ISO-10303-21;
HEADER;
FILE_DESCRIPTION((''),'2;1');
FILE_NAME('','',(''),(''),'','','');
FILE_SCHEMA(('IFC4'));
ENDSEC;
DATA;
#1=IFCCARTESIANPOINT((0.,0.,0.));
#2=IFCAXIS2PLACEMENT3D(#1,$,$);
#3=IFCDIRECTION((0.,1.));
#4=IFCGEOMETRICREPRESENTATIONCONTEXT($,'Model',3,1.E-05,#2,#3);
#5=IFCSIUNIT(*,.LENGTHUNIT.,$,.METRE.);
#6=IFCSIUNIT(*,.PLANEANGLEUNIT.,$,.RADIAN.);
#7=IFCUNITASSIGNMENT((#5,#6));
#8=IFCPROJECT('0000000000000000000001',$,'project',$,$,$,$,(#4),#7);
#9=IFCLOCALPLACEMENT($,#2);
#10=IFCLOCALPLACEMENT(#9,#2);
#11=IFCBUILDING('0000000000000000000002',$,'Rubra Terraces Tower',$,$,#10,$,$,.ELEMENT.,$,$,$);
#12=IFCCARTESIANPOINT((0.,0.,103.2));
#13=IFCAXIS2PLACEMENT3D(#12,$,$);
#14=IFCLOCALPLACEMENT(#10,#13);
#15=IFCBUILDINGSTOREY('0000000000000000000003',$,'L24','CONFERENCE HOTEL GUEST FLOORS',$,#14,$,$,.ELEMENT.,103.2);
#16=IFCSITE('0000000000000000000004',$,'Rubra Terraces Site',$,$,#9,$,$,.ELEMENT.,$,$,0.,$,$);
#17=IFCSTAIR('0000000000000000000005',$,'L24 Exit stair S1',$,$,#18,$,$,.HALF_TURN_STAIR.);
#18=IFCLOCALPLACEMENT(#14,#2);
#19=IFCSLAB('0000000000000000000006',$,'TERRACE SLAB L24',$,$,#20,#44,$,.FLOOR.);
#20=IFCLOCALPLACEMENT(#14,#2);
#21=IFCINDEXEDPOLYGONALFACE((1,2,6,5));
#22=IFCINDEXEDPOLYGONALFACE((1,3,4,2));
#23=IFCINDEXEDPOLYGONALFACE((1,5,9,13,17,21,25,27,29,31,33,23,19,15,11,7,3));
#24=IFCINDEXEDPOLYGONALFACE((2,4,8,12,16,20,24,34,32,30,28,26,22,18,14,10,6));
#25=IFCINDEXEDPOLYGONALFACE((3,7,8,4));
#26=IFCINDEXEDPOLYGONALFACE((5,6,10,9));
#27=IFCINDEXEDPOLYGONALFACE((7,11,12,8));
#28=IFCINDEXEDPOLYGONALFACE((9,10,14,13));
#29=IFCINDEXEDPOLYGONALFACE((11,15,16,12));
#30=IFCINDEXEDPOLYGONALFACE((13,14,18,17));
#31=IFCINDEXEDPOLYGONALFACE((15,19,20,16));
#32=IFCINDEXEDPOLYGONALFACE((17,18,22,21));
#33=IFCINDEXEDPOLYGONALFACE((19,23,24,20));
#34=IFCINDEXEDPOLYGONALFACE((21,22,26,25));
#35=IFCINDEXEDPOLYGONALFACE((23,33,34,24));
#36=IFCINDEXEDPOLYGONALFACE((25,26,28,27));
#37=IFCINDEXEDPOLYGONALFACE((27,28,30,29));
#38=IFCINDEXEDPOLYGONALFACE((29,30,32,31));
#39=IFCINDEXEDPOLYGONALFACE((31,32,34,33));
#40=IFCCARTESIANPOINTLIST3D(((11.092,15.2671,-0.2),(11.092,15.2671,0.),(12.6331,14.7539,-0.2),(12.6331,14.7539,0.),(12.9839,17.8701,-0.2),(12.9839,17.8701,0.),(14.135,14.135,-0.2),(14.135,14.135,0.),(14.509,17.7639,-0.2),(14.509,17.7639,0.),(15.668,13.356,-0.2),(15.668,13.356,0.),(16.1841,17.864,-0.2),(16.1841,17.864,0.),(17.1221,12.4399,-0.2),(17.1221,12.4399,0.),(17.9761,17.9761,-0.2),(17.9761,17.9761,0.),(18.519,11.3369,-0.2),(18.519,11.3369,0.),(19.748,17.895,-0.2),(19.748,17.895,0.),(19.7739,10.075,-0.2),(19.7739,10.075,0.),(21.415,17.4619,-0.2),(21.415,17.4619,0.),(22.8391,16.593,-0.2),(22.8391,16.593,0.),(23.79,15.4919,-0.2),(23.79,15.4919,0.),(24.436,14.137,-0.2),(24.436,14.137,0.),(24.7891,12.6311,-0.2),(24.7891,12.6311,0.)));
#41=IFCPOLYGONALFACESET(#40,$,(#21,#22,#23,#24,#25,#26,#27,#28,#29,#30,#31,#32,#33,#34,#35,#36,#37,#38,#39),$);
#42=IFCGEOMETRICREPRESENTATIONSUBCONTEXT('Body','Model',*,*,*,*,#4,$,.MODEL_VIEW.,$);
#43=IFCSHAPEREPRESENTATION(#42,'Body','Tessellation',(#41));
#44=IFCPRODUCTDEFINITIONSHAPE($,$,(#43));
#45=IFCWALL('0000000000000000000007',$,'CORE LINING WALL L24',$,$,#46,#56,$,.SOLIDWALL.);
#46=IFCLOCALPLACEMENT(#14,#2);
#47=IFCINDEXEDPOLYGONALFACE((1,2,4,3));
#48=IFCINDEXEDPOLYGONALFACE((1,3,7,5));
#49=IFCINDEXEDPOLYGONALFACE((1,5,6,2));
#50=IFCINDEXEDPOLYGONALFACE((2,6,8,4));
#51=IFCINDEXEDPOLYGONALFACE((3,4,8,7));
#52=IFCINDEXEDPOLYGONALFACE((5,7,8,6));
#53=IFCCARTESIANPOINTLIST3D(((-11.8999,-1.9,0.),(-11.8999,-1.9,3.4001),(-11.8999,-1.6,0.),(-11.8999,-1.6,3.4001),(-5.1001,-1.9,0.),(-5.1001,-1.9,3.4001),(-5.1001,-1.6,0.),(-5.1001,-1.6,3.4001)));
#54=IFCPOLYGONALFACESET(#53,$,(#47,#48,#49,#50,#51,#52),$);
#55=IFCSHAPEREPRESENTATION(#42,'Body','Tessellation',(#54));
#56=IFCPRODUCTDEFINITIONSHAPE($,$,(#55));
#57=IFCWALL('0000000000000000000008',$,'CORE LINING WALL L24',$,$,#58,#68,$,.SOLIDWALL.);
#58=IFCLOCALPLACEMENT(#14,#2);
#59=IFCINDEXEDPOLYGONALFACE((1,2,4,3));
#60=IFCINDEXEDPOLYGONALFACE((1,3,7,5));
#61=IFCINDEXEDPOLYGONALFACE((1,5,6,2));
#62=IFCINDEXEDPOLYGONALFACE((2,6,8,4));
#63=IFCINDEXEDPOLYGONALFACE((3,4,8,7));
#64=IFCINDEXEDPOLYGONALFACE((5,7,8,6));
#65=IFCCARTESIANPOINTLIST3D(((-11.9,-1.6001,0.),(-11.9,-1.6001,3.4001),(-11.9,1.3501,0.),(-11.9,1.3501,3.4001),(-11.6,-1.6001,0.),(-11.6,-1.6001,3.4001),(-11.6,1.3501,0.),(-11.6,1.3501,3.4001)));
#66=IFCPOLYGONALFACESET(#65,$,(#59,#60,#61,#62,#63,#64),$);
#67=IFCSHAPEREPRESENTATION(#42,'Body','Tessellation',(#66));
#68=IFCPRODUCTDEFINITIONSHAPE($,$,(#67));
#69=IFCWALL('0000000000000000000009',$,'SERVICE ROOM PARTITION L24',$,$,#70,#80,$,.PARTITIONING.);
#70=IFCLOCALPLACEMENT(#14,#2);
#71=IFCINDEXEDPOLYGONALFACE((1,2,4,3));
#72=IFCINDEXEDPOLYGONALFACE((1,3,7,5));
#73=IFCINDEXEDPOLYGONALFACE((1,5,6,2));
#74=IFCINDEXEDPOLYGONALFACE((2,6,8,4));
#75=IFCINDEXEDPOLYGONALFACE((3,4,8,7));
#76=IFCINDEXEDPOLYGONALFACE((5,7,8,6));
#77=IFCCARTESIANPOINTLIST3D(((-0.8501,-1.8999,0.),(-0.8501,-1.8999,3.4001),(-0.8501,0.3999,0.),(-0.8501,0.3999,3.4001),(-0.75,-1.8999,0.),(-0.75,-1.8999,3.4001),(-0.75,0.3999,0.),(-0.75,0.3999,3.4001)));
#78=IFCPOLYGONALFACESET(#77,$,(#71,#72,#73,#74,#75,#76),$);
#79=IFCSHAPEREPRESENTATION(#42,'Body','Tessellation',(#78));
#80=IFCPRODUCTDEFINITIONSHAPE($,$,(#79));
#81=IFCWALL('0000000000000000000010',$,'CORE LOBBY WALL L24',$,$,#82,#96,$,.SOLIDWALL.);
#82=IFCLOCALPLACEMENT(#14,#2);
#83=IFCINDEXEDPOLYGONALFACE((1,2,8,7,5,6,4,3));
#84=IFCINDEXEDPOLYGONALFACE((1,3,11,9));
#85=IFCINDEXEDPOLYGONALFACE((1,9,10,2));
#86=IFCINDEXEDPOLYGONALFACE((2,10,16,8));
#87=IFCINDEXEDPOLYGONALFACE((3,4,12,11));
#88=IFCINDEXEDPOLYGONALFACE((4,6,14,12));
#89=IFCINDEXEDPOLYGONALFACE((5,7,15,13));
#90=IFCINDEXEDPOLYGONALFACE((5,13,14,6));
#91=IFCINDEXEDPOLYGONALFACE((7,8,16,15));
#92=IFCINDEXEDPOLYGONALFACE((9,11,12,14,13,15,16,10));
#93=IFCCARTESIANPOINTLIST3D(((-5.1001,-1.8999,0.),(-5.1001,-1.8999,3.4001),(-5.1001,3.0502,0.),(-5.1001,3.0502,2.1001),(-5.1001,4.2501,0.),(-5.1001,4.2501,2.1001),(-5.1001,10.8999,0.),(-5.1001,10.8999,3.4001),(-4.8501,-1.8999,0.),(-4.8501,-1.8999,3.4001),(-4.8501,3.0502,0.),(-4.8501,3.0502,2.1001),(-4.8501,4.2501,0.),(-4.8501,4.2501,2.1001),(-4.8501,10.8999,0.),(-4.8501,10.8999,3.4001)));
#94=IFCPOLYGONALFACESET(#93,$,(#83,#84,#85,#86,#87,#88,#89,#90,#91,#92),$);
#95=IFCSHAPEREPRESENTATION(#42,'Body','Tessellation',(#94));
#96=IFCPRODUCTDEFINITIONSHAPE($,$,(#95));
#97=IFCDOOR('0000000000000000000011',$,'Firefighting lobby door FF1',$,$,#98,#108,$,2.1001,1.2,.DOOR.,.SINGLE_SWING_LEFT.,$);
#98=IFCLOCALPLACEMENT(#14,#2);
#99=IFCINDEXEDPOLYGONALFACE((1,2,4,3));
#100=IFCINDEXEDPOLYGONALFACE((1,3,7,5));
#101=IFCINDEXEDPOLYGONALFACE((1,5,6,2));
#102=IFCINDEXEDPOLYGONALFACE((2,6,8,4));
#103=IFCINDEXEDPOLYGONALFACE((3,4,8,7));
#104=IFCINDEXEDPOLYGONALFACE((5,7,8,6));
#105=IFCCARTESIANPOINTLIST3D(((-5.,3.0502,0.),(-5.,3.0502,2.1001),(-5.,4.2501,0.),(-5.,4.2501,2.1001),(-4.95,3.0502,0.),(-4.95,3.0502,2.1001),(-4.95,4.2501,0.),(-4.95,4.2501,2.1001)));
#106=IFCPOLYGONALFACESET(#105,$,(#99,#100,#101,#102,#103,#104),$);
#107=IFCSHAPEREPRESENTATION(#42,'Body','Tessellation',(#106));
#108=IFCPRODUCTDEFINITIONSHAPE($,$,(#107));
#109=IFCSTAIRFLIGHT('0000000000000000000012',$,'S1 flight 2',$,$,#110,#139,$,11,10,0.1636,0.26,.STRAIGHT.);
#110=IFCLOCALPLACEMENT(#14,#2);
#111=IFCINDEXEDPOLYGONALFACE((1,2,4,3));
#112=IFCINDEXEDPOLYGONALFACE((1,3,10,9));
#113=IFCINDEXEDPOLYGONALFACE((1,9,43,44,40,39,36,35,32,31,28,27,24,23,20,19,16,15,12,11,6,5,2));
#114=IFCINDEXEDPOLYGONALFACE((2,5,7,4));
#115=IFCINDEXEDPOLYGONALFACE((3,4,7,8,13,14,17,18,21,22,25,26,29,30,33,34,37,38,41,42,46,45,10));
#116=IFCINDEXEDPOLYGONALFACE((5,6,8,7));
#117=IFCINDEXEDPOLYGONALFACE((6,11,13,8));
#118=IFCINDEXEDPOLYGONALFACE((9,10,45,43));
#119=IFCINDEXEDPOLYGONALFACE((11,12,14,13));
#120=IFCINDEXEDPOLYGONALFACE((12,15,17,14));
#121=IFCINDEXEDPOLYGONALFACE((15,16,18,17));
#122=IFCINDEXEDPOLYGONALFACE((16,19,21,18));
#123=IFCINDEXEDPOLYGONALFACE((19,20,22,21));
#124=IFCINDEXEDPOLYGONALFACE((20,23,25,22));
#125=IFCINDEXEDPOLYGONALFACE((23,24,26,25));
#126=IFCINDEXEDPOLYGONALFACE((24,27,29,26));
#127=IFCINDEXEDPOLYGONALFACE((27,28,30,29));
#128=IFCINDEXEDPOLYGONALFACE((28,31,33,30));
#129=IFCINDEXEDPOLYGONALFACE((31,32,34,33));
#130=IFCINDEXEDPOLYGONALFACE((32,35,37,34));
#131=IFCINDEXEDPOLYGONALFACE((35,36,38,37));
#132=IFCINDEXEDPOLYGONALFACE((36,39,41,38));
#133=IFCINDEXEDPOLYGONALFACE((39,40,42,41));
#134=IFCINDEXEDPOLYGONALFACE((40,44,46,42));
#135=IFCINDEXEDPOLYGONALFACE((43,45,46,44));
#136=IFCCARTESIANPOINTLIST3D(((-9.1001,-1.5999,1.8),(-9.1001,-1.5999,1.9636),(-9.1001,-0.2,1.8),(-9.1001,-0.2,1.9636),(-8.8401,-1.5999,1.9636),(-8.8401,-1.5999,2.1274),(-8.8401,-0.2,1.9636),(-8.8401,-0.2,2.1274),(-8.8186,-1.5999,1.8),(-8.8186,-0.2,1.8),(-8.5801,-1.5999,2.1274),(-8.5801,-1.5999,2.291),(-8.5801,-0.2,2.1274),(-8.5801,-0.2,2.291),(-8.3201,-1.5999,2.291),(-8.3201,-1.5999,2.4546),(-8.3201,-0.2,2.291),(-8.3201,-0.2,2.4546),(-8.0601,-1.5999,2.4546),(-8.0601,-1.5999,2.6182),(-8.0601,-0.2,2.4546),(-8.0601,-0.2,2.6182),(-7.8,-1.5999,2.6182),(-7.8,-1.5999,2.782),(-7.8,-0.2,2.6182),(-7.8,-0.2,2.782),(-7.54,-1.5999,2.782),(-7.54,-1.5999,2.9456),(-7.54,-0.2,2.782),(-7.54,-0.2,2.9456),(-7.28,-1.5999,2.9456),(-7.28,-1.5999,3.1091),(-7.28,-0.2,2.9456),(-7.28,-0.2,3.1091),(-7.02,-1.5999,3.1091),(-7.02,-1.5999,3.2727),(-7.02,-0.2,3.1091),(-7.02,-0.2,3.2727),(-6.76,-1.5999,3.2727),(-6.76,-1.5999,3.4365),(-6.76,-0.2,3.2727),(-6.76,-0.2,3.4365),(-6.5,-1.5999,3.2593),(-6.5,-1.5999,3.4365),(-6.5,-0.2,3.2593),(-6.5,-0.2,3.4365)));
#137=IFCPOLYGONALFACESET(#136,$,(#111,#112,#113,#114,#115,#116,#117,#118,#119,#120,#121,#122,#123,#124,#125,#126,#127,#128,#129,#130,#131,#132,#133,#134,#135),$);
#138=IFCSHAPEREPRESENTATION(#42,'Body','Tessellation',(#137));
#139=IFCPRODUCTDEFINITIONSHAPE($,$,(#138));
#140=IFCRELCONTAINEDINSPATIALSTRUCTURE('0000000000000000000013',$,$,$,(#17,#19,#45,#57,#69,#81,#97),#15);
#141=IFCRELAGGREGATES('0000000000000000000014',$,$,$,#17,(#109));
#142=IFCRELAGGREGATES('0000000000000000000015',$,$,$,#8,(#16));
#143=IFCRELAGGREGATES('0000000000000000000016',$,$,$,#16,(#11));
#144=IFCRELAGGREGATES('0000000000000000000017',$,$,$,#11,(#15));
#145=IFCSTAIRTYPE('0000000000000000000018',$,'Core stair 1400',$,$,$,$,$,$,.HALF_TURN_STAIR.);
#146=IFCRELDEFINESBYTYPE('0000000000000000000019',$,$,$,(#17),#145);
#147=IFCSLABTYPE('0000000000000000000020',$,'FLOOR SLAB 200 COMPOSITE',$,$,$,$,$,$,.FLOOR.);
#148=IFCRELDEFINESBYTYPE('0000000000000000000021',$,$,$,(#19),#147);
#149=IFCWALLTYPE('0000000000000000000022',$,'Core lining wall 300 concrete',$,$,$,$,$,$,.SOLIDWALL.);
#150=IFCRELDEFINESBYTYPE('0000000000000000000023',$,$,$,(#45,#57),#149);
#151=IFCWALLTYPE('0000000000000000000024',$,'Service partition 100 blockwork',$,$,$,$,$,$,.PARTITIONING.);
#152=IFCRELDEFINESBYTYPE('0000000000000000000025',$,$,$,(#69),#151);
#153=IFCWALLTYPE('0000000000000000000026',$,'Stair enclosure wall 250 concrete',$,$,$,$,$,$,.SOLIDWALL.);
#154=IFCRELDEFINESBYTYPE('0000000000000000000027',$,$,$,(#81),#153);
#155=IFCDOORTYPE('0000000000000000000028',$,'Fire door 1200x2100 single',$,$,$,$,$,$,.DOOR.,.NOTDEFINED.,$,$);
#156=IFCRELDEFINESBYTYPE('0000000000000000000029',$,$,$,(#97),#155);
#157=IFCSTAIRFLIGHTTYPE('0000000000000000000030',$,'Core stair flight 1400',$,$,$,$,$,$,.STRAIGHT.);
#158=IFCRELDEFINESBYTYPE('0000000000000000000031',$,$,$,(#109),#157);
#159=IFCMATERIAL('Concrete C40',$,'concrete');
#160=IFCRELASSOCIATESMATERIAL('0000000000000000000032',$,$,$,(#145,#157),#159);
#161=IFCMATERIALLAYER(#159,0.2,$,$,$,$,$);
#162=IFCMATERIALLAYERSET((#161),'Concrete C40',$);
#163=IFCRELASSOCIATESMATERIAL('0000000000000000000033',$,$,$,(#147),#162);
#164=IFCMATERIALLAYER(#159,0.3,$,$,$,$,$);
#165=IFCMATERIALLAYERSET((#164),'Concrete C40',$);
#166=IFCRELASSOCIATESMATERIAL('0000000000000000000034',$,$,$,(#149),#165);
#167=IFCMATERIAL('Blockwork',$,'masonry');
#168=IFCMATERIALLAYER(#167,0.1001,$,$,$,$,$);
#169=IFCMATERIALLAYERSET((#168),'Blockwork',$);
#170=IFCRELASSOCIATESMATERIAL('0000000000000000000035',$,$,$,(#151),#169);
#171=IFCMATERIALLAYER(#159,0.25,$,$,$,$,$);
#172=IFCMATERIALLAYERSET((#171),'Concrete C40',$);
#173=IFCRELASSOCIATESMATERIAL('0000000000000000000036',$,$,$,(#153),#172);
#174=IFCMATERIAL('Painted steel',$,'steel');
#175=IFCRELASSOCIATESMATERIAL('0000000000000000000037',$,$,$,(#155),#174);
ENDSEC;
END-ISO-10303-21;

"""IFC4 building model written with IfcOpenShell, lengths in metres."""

from ifc_helpers import new_model, si_unit, direction, frame, frame_2d, origin, place, context, subcontext, project, spatial, polyline, rectangle, outline, extrude, material, layer, layer_set, type_object, element, fill, aggregate, save


model = new_model("IFC4")

# Units and contexts
model_context = context("Model", 3, precision=1e-05, world=origin(), true_north=direction((0.0, 1.0)))
body_context = subcontext(model_context, "Body", "Model", "MODEL_VIEW")
ifc_project = project(units=[si_unit("LENGTHUNIT", "METRE"), si_unit("PLANEANGLEUNIT", "RADIAN")], contexts=[model_context])

# Site, building, storey
site_placement = place(None, origin())
site = spatial("IfcSite", under=ifc_project, at=site_placement, Name="Rubra Terraces Site", CompositionType="ELEMENT", RefElevation=0.0)
building_placement = place(site_placement, origin())
building = spatial("IfcBuilding", under=site, at=building_placement, Name="Rubra Terraces Tower", CompositionType="ELEMENT")
storey_placement = place(building_placement, frame((0.0, 0.0, 103.2)))
storey = spatial("IfcBuildingStorey", under=building, at=storey_placement, Name="L24", Description="CONFERENCE HOTEL GUEST FLOORS", CompositionType="ELEMENT", Elevation=103.2)

# Shared definitions
ifc_material_1 = material(Name="Concrete C40", Category="concrete")

# Stair
stair_type = type_object("IfcStairType", Name="Core stair 1400", PredefinedType="HALF_TURN_STAIR", material=ifc_material_1)
stair_1_placement = place(storey_placement, origin())
stair_1 = element("IfcStair", 1, at=stair_1_placement, inside=storey, type_object=stair_type, Name="L24 Exit stair S1", PredefinedType="HALF_TURN_STAIR")

# Slab
ifc_layer_1 = layer(ifc_material_1, 0.2)
ifc_layer_set_1 = layer_set([ifc_layer_1], Name="Concrete C40")
slab_type_1 = type_object("IfcSlabType", Name="FLOOR SLAB 200 COMPOSITE", PredefinedType="FLOOR", material=ifc_layer_set_1)
slab_1_placement = place(storey_placement, frame((0.0, 0.0, -0.2)))
element("IfcSlab", 2, at=slab_1_placement, inside=storey, type_object=slab_type_1, Name="TERRACE SLAB L24", PredefinedType="FLOOR", context=body_context, shape_type="SweptSolid", body=[
    extrude(outline(polyline([(24.7891, 12.6311), (24.436, 14.137), (23.79, 15.4919), (22.8391, 16.593), (21.415, 17.4619), (19.748, 17.895), (17.9761, 17.9761), (16.1841, 17.864), (14.509, 17.7639), (12.9839, 17.8701), (11.092, 15.2671), (12.6331, 14.7539), (14.135, 14.135), (15.668, 13.356), (17.1221, 12.4399), (18.519, 11.3369), (19.7739, 10.075), (24.7891, 12.6311)])), origin(), (0.0, 0.0, 1.0), 0.2),
])

# Walls
ifc_layer_2 = layer(ifc_material_1, 0.3)
ifc_layer_set_2 = layer_set([ifc_layer_2], Name="Concrete C40")
wall_type_1 = type_object("IfcWallType", Name="Core lining wall 300 concrete", PredefinedType="SOLIDWALL", material=ifc_layer_set_2)
wall_1_placement = place(storey_placement, frame((-11.8999, -1.75, 0.0), z_axis=(0.0, 0.0, 1.0), x_axis=(1.0, 0.0, 0.0)))
element("IfcWall", 3, at=wall_1_placement, inside=storey, type_object=wall_type_1, Name="CORE LINING WALL L24", PredefinedType="SOLIDWALL", context=body_context, shape_type="SweptSolid", body=[
    extrude(rectangle(XDim=6.7998, YDim=0.3, at=frame_2d((3.3999, 0.0))), origin(), (0.0, 0.0, 1.0), 3.4001),
])
wall_2_placement = place(storey_placement, frame((-11.75, -1.6001, 0.0), z_axis=(0.0, 0.0, 1.0), x_axis=(0.0, 1.0, 0.0)))
element("IfcWall", 4, at=wall_2_placement, inside=storey, type_object=wall_type_1, Name="CORE LINING WALL L24", PredefinedType="SOLIDWALL", context=body_context, shape_type="SweptSolid", body=[
    extrude(rectangle(XDim=2.9502, YDim=0.3, at=frame_2d((1.4751, 0.0))), origin(), (0.0, 0.0, 1.0), 3.4001),
])
ifc_material_2 = material(Name="Blockwork", Category="masonry")
ifc_layer_3 = layer(ifc_material_2, 0.1001)
ifc_layer_set_3 = layer_set([ifc_layer_3], Name="Blockwork")
wall_type_2 = type_object("IfcWallType", Name="Service partition 100 blockwork", PredefinedType="PARTITIONING", material=ifc_layer_set_3)
wall_3_placement = place(storey_placement, frame((-0.8, -1.8999, 0.0), z_axis=(0.0, 0.0, 1.0), x_axis=(0.0, 1.0, 0.0)))
element("IfcWall", 5, at=wall_3_placement, inside=storey, type_object=wall_type_2, Name="SERVICE ROOM PARTITION L24", PredefinedType="PARTITIONING", context=body_context, shape_type="SweptSolid", body=[
    extrude(rectangle(XDim=2.2998, YDim=0.1001, at=frame_2d((1.1499, 0.0))), origin(), (0.0, 0.0, 1.0), 3.4001),
])

# Wall, opening, door
ifc_layer_4 = layer(ifc_material_1, 0.25)
ifc_layer_set_4 = layer_set([ifc_layer_4], Name="Concrete C40")
wall_type_3 = type_object("IfcWallType", Name="Stair enclosure wall 250 concrete", PredefinedType="SOLIDWALL", material=ifc_layer_set_4)
wall_4_placement = place(storey_placement, frame((-4.9751, -1.8999, 0.0), z_axis=(0.0, 0.0, 1.0), x_axis=(0.0, 1.0, 0.0)))
wall_4 = element("IfcWall", 6, at=wall_4_placement, inside=storey, type_object=wall_type_3, Name="CORE LOBBY WALL L24", PredefinedType="SOLIDWALL", context=body_context, shape_type="SweptSolid", body=[
    extrude(rectangle(XDim=12.7998, YDim=0.25, at=frame_2d((6.3999, 0.0))), origin(), (0.0, 0.0, 1.0), 3.4001),
])
opening_placement = place(wall_4_placement, frame((4.95, 0.0, 0.0)))
opening = element("IfcOpeningElement", 7, at=opening_placement, cuts=wall_4, PredefinedType="OPENING", context=body_context, shape_type="SweptSolid", body=[
    extrude(rectangle(XDim=1.2, YDim=2.1001, at=frame_2d((0.6001, 1.05))), frame((0.0, 0.135, 0.0), z_axis=(0.0, -1.0, 0.0), x_axis=(1.0, 0.0, 0.0)), (0.0, 0.0, 1.0), 0.27),
])
ifc_material_3 = material(Name="Painted steel", Category="steel")
door_type = type_object("IfcDoorType", Name="Fire door 1200x2100 single", OperationType="NOTDEFINED", PredefinedType="DOOR", material=ifc_material_3)
door_placement = place(opening_placement, origin())
door = element("IfcDoor", 8, at=door_placement, inside=storey, type_object=door_type, Name="Firefighting lobby door FF1", OperationType="SINGLE_SWING_LEFT", OverallHeight=2.1001, OverallWidth=1.2, PredefinedType="DOOR", context=body_context, shape_type="SweptSolid", body=[
    extrude(rectangle(XDim=1.2, YDim=2.1001, at=frame_2d((0.6001, 1.05))), frame((0.0, 0.0249, 0.0), z_axis=(0.0, -1.0, 0.0), x_axis=(1.0, 0.0, 0.0)), (0.0, 0.0, 1.0), 0.05),
])
fill(opening, door)

# Stair flight
stair_flight_type = type_object("IfcStairFlightType", Name="Core stair flight 1400", PredefinedType="STRAIGHT", material=ifc_material_1)
stair_flight_placement = place(storey_placement, frame((-9.1001, -0.8999, 1.8), z_axis=(0.0, 0.0, 1.0), x_axis=(1.0, 0.0, 0.0)))
stair_flight = element("IfcStairFlight", 9, at=stair_flight_placement, type_object=stair_flight_type, Name="S1 flight 2", NumberOfRisers=11, NumberOfTreads=10, PredefinedType="STRAIGHT", RiserHeight=0.1636, TreadLength=0.26, context=body_context, shape_type="SweptSolid", body=[
    extrude(outline(polyline([(0.0, 0.0), (0.0, 0.1636), (0.26, 0.1636), (0.26, 0.3274), (0.52, 0.3274), (0.52, 0.491), (0.78, 0.491), (0.78, 0.6545), (1.04, 0.6545), (1.04, 0.8181), (1.3, 0.8181), (1.3, 0.9819), (1.5601, 0.9819), (1.5601, 1.1455), (1.8201, 1.1455), (1.8201, 1.3091), (2.0801, 1.3091), (2.0801, 1.4727), (2.3401, 1.4727), (2.3401, 1.6365), (2.6001, 1.6365), (2.6001, 1.8), (2.6001, 1.4592), (0.2815, 0.0), (0.0, 0.0)])), frame((0.0, 0.7, 0.0), z_axis=(0.0, -1.0, 0.0), x_axis=(1.0, 0.0, 0.0)), (0.0, 0.0, 1.0), 1.3999),
])
aggregate(stair_1, [stair_flight])

save(model, "model.ifc")
